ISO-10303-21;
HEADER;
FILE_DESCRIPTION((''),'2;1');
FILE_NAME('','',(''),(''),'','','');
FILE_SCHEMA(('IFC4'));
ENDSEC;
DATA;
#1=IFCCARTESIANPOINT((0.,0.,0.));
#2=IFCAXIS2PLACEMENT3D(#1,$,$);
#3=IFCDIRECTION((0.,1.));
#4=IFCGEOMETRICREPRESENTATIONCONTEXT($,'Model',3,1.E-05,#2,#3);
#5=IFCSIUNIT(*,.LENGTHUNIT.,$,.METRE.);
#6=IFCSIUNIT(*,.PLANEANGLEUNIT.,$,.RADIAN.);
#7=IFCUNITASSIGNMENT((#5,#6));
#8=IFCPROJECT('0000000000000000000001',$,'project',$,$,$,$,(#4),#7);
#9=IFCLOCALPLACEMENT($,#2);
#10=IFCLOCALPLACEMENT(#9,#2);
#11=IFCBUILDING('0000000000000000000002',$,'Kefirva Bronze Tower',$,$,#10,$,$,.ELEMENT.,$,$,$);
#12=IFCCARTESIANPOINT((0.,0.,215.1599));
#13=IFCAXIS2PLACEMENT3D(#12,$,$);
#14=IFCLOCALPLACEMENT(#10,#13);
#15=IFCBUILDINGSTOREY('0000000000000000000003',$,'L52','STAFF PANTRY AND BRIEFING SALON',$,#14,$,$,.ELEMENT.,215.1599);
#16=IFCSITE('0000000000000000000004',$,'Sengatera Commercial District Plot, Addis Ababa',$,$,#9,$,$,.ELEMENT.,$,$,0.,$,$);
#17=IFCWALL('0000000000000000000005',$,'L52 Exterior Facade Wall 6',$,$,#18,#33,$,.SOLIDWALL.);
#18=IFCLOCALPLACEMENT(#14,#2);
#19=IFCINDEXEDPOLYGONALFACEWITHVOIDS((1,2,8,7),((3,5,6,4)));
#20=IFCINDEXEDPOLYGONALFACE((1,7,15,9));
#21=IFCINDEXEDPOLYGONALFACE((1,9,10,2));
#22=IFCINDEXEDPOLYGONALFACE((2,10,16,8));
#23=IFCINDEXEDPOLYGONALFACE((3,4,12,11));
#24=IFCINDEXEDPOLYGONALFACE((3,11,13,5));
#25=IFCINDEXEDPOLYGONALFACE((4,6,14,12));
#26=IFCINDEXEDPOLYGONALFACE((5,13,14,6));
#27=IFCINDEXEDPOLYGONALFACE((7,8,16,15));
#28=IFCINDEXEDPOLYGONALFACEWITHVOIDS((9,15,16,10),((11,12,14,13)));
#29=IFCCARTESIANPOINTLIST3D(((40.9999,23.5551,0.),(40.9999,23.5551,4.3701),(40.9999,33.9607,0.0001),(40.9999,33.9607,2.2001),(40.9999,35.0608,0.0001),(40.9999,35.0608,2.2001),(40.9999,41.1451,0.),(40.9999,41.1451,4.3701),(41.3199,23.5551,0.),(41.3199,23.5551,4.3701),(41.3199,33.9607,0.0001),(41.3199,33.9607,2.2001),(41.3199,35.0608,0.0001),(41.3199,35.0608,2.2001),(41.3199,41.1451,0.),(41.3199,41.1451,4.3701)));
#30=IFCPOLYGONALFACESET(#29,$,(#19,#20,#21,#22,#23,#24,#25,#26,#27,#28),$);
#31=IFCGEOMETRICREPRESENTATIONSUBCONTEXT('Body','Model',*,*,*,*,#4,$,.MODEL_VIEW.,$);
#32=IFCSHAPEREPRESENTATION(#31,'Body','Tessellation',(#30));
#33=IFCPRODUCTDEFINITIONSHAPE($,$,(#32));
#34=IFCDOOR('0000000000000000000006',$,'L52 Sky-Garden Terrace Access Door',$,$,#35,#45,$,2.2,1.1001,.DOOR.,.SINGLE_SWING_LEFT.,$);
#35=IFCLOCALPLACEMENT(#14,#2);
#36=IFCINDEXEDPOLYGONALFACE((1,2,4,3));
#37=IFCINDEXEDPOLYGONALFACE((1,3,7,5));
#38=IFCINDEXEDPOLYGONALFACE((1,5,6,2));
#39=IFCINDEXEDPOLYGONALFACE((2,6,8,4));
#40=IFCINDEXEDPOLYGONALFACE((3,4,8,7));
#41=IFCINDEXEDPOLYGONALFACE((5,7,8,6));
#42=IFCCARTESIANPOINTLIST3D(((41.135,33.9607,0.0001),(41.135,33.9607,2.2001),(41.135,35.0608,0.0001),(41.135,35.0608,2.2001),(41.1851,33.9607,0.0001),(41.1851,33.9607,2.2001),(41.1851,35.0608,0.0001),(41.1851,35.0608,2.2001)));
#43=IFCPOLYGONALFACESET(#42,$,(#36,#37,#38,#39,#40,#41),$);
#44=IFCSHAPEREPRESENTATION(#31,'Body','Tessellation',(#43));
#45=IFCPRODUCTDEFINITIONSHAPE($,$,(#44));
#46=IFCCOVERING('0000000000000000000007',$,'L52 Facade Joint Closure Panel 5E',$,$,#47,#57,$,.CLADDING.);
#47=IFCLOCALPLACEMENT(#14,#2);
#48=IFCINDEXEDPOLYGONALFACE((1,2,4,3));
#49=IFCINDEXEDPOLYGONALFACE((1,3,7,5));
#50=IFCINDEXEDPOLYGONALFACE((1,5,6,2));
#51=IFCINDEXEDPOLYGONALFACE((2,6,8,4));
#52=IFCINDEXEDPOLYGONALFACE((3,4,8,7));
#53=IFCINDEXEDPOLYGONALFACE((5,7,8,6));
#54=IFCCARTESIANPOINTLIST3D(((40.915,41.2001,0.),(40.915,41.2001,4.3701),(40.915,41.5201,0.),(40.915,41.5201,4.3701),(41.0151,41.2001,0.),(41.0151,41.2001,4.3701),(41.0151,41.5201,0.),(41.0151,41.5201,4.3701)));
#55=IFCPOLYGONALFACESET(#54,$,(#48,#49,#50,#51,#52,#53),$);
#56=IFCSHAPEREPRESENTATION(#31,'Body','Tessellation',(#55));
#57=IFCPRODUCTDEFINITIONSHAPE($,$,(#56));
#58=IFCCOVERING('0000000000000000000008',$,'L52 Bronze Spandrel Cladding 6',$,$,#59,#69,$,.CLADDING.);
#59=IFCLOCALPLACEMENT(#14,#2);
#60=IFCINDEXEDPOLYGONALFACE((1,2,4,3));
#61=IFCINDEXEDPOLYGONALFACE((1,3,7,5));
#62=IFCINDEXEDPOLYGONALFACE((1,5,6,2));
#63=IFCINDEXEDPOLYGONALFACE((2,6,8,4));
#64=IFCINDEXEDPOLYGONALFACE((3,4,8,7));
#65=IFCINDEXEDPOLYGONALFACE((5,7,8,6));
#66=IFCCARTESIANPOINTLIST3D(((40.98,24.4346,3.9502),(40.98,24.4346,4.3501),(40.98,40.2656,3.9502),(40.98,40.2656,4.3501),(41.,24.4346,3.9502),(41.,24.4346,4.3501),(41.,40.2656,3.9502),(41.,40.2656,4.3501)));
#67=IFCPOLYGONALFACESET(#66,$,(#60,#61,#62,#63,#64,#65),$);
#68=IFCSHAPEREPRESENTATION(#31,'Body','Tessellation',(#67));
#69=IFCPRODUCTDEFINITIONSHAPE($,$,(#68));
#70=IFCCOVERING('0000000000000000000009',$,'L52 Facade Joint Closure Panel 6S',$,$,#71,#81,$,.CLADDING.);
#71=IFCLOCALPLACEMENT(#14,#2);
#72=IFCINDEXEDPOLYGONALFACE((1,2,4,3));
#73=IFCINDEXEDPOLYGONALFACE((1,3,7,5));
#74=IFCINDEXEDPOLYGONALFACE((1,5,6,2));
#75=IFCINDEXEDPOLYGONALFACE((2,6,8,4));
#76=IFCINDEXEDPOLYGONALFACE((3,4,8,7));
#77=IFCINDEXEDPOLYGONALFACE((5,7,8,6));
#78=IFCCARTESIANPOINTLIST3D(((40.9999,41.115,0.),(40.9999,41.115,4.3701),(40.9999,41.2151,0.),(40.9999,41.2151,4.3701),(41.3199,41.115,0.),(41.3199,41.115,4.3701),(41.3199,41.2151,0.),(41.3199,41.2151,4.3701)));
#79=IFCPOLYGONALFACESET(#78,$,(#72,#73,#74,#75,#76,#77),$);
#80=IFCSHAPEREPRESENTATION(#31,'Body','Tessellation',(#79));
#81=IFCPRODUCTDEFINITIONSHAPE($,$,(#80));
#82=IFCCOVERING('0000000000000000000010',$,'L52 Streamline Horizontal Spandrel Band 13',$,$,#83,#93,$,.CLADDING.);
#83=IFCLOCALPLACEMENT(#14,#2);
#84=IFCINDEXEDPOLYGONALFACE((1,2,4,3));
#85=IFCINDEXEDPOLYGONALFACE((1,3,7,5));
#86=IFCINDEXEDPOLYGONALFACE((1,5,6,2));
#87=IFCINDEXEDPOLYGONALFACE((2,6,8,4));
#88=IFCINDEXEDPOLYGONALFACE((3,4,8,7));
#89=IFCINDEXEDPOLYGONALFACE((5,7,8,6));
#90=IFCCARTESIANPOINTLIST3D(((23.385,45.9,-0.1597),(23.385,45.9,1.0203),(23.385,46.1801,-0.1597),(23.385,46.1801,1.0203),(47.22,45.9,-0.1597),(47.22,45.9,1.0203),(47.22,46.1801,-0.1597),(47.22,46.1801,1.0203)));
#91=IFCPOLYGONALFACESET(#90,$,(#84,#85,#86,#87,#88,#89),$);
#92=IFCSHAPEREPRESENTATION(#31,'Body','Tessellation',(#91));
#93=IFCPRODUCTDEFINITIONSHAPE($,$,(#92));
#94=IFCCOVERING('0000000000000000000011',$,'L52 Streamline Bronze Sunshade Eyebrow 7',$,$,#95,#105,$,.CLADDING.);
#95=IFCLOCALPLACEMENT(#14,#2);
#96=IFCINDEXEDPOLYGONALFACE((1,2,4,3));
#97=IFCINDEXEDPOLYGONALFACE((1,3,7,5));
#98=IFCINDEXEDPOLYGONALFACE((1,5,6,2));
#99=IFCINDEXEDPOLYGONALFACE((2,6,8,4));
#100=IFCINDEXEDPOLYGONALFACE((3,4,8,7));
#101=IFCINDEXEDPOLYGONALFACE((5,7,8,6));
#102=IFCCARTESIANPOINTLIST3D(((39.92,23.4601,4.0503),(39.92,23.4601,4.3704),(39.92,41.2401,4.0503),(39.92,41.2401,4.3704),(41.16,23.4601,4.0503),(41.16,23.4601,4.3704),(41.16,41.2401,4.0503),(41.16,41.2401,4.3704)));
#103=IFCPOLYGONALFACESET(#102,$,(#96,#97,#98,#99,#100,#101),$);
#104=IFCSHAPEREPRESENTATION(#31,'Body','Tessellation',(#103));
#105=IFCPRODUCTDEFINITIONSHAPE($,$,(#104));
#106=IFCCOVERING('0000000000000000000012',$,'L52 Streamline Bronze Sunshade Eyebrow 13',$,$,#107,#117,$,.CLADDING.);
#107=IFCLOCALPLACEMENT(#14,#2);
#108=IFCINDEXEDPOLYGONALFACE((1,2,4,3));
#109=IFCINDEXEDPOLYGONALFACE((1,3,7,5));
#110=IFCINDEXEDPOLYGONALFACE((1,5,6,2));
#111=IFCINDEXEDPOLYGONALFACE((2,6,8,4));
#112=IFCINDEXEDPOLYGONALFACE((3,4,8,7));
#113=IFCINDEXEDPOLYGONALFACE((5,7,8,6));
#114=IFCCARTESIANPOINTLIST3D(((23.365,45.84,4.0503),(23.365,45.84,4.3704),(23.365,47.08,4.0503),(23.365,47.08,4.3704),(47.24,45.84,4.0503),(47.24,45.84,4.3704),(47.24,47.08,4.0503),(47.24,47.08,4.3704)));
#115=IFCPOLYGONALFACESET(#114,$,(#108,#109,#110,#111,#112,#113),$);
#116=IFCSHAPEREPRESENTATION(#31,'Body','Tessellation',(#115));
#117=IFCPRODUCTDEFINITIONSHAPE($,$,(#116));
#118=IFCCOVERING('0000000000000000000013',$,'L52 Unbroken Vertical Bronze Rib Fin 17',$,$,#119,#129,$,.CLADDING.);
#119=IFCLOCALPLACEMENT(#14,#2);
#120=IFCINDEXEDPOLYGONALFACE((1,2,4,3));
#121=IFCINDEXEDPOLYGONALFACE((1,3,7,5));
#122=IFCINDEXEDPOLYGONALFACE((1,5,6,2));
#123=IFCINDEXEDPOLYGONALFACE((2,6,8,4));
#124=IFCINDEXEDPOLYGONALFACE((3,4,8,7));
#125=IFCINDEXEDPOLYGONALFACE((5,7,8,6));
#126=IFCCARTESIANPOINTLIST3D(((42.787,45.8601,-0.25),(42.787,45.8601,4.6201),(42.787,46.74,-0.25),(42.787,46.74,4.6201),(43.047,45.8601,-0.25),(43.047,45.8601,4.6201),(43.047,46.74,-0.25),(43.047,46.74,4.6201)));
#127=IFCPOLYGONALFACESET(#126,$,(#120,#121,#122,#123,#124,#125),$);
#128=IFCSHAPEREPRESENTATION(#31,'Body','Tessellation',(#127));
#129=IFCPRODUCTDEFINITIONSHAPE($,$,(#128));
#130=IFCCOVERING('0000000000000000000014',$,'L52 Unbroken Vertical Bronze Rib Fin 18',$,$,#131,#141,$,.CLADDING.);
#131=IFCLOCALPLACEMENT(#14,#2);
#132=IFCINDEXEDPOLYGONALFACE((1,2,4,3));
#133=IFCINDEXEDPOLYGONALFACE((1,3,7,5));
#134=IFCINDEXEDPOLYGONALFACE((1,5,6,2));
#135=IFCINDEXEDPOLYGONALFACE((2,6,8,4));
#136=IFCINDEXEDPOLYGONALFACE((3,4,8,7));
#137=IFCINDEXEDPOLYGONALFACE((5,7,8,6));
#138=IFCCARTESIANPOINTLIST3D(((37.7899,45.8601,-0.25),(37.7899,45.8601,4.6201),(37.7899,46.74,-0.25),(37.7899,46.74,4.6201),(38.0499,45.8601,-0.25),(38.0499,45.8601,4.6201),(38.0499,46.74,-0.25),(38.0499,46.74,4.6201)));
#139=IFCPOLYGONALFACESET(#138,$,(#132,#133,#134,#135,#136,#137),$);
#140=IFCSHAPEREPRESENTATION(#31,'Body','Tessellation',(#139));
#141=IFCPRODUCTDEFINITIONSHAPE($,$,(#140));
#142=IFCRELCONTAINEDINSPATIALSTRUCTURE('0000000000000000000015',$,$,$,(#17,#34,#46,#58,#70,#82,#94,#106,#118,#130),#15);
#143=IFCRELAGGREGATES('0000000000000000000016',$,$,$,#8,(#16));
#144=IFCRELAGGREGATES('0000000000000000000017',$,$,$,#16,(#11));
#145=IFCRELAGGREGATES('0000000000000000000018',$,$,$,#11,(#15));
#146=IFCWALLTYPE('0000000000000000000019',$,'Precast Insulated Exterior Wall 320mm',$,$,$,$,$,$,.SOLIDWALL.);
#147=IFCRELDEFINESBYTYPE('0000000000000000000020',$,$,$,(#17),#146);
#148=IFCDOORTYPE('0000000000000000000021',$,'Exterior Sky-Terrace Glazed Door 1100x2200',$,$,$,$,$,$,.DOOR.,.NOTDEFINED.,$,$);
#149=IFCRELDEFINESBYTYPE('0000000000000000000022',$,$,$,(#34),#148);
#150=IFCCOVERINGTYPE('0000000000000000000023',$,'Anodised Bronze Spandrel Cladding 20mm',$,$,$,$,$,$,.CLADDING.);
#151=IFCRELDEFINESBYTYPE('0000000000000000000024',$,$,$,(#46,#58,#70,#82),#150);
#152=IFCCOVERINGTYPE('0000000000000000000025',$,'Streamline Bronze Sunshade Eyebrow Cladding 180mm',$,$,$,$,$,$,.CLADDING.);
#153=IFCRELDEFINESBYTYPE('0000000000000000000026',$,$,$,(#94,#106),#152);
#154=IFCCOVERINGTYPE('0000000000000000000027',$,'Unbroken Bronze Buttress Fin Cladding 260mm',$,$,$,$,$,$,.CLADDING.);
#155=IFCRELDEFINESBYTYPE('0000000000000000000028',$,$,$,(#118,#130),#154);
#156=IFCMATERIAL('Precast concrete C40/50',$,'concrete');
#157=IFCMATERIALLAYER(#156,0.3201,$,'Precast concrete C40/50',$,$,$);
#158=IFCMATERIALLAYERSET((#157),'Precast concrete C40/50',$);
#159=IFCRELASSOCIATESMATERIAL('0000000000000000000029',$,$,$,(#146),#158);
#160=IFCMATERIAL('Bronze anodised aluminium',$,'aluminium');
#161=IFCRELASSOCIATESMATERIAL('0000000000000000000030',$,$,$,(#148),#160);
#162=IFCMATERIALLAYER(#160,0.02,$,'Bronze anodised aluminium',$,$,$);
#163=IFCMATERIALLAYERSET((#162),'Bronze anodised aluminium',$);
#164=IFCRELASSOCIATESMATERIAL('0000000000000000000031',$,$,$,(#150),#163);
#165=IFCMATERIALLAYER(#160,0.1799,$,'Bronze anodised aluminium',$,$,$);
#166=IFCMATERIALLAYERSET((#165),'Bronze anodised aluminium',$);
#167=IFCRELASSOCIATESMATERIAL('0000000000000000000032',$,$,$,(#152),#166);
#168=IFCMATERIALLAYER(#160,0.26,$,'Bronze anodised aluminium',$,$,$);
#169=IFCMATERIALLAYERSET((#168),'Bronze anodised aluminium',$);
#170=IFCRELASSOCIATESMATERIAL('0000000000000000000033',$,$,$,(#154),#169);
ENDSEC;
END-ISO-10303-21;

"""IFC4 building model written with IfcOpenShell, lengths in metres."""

from ifc_helpers import new_model, si_unit, direction, frame, frame_2d, origin, origin_2d, place, context, subcontext, project, spatial, rectangle, extrude, material, layer, layer_set, type_object, element, fill, save


model = new_model("IFC4")

# Units and contexts
model_context = context("Model", 3, precision=1e-05, world=origin(), true_north=direction((0.0, 1.0)))
body_context = subcontext(model_context, "Body", "Model", "MODEL_VIEW")
ifc_project = project(units=[si_unit("LENGTHUNIT", "METRE"), si_unit("PLANEANGLEUNIT", "RADIAN")], contexts=[model_context])

# Site, building, storey
site_placement = place(None, origin())
site = spatial("IfcSite", under=ifc_project, at=site_placement, Name="Sengatera Commercial District Plot, Addis Ababa", CompositionType="ELEMENT", RefElevation=0.0)
building_placement = place(site_placement, origin())
building = spatial("IfcBuilding", under=site, at=building_placement, Name="Kefirva Bronze Tower", CompositionType="ELEMENT")
storey_placement = place(building_placement, frame((0.0, 0.0, 215.1599)))
storey = spatial("IfcBuildingStorey", under=building, at=storey_placement, Name="L52", Description="STAFF PANTRY AND BRIEFING SALON", CompositionType="ELEMENT", Elevation=215.1599)

# Shared definitions
ifc_material_1 = material(Name="Bronze anodised aluminium", Category="aluminium")

# Wall, opening, door
ifc_material_2 = material(Name="Precast concrete C40/50", Category="concrete")
ifc_layer_1 = layer(ifc_material_2, 0.3201, Name="Precast concrete C40/50")
ifc_layer_set_1 = layer_set([ifc_layer_1], Name="Precast concrete C40/50")
wall_type_1 = type_object("IfcWallType", Name="Precast Insulated Exterior Wall 320mm", PredefinedType="SOLIDWALL", material=ifc_layer_set_1)
wall_1_placement = place(storey_placement, frame((41.1599, 41.145, 0.0), z_axis=(0.0, 0.0, 1.0), x_axis=(0.0, -1.0, 0.0)))
wall_1 = element("IfcWall", 1, at=wall_1_placement, inside=storey, type_object=wall_type_1, Name="L52 Exterior Facade Wall 6", PredefinedType="SOLIDWALL", context=body_context, shape_type="SweptSolid", body=[
    extrude(rectangle(XDim=17.5901, YDim=0.3201, at=frame_2d((8.7949, 0.0))), origin(), (0.0, 0.0, 1.0), 4.3701),
])
opening_placement = place(wall_1_placement, frame((7.1843, 0.0, 0.0), z_axis=(0.0, 0.0, 1.0), x_axis=(-1.0, 0.0, 0.0)))
opening = element("IfcOpeningElement", 2, at=opening_placement, cuts=wall_1, PredefinedType="OPENING", context=body_context, shape_type="SweptSolid", body=[
    extrude(rectangle(XDim=1.1001, YDim=2.2, at=frame_2d((0.55, 1.1001))), frame((0.0, 0.1699, 0.0), z_axis=(0.0, -1.0, 0.0), x_axis=(1.0, 0.0, 0.0)), (0.0, 0.0, 1.0), 0.3401),
])
door_type = type_object("IfcDoorType", Name="Exterior Sky-Terrace Glazed Door 1100x2200", OperationType="NOTDEFINED", PredefinedType="DOOR", material=ifc_material_1)
door_placement = place(opening_placement, origin())
door = element("IfcDoor", 3, at=door_placement, inside=storey, type_object=door_type, Name="L52 Sky-Garden Terrace Access Door", OperationType="SINGLE_SWING_LEFT", OverallHeight=2.2, OverallWidth=1.1001, PredefinedType="DOOR", context=body_context, shape_type="SweptSolid", body=[
    extrude(rectangle(XDim=1.1001, YDim=2.2, at=frame_2d((0.55, 1.1001))), frame((0.0, 0.0249, 0.0), z_axis=(0.0, -1.0, 0.0), x_axis=(1.0, 0.0, 0.0)), (0.0, 0.0, 1.0), 0.05),
])
fill(opening, door)

# Coverings
ifc_layer_2 = layer(ifc_material_1, 0.02, Name="Bronze anodised aluminium")
ifc_layer_set_2 = layer_set([ifc_layer_2], Name="Bronze anodised aluminium")
covering_type_1 = type_object("IfcCoveringType", Name="Anodised Bronze Spandrel Cladding 20mm", PredefinedType="CLADDING", material=ifc_layer_set_2)
covering_1_placement = place(storey_placement, frame((40.9651, 41.3601, 0.0), z_axis=(0.0, 0.0, 1.0), x_axis=(1.0, 0.0, 0.0)))
element("IfcCovering", 4, at=covering_1_placement, inside=storey, type_object=covering_type_1, Name="L52 Facade Joint Closure Panel 5E", PredefinedType="CLADDING", context=body_context, shape_type="SweptSolid", body=[
    extrude(rectangle(XDim=0.1001, YDim=0.3201, at=origin_2d()), origin(), (0.0, 0.0, 1.0), 4.3701),
])
covering_2_placement = place(storey_placement, frame((40.99, 32.3501, 3.9502), z_axis=(0.0, 0.0, 1.0), x_axis=(0.0, -1.0, 0.0)))
element("IfcCovering", 5, at=covering_2_placement, inside=storey, type_object=covering_type_1, Name="L52 Bronze Spandrel Cladding 6", PredefinedType="CLADDING", context=body_context, shape_type="SweptSolid", body=[
    extrude(rectangle(XDim=15.8311, YDim=0.02, at=origin_2d()), origin(), (0.0, 0.0, 1.0), 0.3999),
])
covering_3_placement = place(storey_placement, frame((41.1599, 41.165, 0.0), z_axis=(0.0, 0.0, 1.0), x_axis=(0.0, -1.0, 0.0)))
element("IfcCovering", 6, at=covering_3_placement, inside=storey, type_object=covering_type_1, Name="L52 Facade Joint Closure Panel 6S", PredefinedType="CLADDING", context=body_context, shape_type="SweptSolid", body=[
    extrude(rectangle(XDim=0.1001, YDim=0.3201, at=origin_2d()), origin(), (0.0, 0.0, 1.0), 4.3701),
])
covering_4_placement = place(storey_placement, frame((35.3025, 46.04, -0.1597), z_axis=(0.0, 0.0, 1.0), x_axis=(-1.0, 0.0, 0.0)))
element("IfcCovering", 7, at=covering_4_placement, inside=storey, type_object=covering_type_1, Name="L52 Streamline Horizontal Spandrel Band 13", PredefinedType="CLADDING", context=body_context, shape_type="SweptSolid", body=[
    extrude(rectangle(XDim=23.835, YDim=0.28, at=origin_2d()), origin(), (0.0, 0.0, 1.0), 1.1799),
])
ifc_layer_3 = layer(ifc_material_1, 0.1799, Name="Bronze anodised aluminium")
ifc_layer_set_3 = layer_set([ifc_layer_3], Name="Bronze anodised aluminium")
covering_type_2 = type_object("IfcCoveringType", Name="Streamline Bronze Sunshade Eyebrow Cladding 180mm", PredefinedType="CLADDING", material=ifc_layer_set_3)
covering_5_placement = place(storey_placement, frame((40.54, 32.3501, 4.0503), z_axis=(0.0, 0.0, 1.0), x_axis=(0.0, -1.0, 0.0)))
element("IfcCovering", 8, at=covering_5_placement, inside=storey, type_object=covering_type_2, Name="L52 Streamline Bronze Sunshade Eyebrow 7", PredefinedType="CLADDING", context=body_context, shape_type="SweptSolid", body=[
    extrude(rectangle(XDim=17.78, YDim=1.24, at=origin_2d()), origin(), (0.0, 0.0, 1.0), 0.3201),
])
covering_6_placement = place(storey_placement, frame((35.3025, 46.46, 4.0503), z_axis=(0.0, 0.0, 1.0), x_axis=(-1.0, 0.0, 0.0)))
element("IfcCovering", 9, at=covering_6_placement, inside=storey, type_object=covering_type_2, Name="L52 Streamline Bronze Sunshade Eyebrow 13", PredefinedType="CLADDING", context=body_context, shape_type="SweptSolid", body=[
    extrude(rectangle(XDim=23.875, YDim=1.24, at=origin_2d()), origin(), (0.0, 0.0, 1.0), 0.3201),
])
ifc_layer_4 = layer(ifc_material_1, 0.26, Name="Bronze anodised aluminium")
ifc_layer_set_4 = layer_set([ifc_layer_4], Name="Bronze anodised aluminium")
covering_type_3 = type_object("IfcCoveringType", Name="Unbroken Bronze Buttress Fin Cladding 260mm", PredefinedType="CLADDING", material=ifc_layer_set_4)
for number, where, z_axis, x_axis, name in (
    (10, (42.917, 46.3, -0.25), (0.0, 0.0, 1.0), (-1.0, 0.0, 0.0), "L52 Unbroken Vertical Bronze Rib Fin 17"),
    (11, (37.9199, 46.3, -0.25), (0.0, 0.0, 1.0), (-1.0, 0.0, 0.0), "L52 Unbroken Vertical Bronze Rib Fin 18"),
):
    element("IfcCovering", number, at=place(storey_placement, frame(where, z_axis=z_axis, x_axis=x_axis)), inside=storey, type_object=covering_type_3, Name=name, PredefinedType="CLADDING", context=body_context, shape_type="SweptSolid", body=[
        extrude(rectangle(XDim=0.26, YDim=0.8799, at=origin_2d()), origin(), (0.0, 0.0, 1.0), 4.8701),
    ])

save(model, "model.ifc")
